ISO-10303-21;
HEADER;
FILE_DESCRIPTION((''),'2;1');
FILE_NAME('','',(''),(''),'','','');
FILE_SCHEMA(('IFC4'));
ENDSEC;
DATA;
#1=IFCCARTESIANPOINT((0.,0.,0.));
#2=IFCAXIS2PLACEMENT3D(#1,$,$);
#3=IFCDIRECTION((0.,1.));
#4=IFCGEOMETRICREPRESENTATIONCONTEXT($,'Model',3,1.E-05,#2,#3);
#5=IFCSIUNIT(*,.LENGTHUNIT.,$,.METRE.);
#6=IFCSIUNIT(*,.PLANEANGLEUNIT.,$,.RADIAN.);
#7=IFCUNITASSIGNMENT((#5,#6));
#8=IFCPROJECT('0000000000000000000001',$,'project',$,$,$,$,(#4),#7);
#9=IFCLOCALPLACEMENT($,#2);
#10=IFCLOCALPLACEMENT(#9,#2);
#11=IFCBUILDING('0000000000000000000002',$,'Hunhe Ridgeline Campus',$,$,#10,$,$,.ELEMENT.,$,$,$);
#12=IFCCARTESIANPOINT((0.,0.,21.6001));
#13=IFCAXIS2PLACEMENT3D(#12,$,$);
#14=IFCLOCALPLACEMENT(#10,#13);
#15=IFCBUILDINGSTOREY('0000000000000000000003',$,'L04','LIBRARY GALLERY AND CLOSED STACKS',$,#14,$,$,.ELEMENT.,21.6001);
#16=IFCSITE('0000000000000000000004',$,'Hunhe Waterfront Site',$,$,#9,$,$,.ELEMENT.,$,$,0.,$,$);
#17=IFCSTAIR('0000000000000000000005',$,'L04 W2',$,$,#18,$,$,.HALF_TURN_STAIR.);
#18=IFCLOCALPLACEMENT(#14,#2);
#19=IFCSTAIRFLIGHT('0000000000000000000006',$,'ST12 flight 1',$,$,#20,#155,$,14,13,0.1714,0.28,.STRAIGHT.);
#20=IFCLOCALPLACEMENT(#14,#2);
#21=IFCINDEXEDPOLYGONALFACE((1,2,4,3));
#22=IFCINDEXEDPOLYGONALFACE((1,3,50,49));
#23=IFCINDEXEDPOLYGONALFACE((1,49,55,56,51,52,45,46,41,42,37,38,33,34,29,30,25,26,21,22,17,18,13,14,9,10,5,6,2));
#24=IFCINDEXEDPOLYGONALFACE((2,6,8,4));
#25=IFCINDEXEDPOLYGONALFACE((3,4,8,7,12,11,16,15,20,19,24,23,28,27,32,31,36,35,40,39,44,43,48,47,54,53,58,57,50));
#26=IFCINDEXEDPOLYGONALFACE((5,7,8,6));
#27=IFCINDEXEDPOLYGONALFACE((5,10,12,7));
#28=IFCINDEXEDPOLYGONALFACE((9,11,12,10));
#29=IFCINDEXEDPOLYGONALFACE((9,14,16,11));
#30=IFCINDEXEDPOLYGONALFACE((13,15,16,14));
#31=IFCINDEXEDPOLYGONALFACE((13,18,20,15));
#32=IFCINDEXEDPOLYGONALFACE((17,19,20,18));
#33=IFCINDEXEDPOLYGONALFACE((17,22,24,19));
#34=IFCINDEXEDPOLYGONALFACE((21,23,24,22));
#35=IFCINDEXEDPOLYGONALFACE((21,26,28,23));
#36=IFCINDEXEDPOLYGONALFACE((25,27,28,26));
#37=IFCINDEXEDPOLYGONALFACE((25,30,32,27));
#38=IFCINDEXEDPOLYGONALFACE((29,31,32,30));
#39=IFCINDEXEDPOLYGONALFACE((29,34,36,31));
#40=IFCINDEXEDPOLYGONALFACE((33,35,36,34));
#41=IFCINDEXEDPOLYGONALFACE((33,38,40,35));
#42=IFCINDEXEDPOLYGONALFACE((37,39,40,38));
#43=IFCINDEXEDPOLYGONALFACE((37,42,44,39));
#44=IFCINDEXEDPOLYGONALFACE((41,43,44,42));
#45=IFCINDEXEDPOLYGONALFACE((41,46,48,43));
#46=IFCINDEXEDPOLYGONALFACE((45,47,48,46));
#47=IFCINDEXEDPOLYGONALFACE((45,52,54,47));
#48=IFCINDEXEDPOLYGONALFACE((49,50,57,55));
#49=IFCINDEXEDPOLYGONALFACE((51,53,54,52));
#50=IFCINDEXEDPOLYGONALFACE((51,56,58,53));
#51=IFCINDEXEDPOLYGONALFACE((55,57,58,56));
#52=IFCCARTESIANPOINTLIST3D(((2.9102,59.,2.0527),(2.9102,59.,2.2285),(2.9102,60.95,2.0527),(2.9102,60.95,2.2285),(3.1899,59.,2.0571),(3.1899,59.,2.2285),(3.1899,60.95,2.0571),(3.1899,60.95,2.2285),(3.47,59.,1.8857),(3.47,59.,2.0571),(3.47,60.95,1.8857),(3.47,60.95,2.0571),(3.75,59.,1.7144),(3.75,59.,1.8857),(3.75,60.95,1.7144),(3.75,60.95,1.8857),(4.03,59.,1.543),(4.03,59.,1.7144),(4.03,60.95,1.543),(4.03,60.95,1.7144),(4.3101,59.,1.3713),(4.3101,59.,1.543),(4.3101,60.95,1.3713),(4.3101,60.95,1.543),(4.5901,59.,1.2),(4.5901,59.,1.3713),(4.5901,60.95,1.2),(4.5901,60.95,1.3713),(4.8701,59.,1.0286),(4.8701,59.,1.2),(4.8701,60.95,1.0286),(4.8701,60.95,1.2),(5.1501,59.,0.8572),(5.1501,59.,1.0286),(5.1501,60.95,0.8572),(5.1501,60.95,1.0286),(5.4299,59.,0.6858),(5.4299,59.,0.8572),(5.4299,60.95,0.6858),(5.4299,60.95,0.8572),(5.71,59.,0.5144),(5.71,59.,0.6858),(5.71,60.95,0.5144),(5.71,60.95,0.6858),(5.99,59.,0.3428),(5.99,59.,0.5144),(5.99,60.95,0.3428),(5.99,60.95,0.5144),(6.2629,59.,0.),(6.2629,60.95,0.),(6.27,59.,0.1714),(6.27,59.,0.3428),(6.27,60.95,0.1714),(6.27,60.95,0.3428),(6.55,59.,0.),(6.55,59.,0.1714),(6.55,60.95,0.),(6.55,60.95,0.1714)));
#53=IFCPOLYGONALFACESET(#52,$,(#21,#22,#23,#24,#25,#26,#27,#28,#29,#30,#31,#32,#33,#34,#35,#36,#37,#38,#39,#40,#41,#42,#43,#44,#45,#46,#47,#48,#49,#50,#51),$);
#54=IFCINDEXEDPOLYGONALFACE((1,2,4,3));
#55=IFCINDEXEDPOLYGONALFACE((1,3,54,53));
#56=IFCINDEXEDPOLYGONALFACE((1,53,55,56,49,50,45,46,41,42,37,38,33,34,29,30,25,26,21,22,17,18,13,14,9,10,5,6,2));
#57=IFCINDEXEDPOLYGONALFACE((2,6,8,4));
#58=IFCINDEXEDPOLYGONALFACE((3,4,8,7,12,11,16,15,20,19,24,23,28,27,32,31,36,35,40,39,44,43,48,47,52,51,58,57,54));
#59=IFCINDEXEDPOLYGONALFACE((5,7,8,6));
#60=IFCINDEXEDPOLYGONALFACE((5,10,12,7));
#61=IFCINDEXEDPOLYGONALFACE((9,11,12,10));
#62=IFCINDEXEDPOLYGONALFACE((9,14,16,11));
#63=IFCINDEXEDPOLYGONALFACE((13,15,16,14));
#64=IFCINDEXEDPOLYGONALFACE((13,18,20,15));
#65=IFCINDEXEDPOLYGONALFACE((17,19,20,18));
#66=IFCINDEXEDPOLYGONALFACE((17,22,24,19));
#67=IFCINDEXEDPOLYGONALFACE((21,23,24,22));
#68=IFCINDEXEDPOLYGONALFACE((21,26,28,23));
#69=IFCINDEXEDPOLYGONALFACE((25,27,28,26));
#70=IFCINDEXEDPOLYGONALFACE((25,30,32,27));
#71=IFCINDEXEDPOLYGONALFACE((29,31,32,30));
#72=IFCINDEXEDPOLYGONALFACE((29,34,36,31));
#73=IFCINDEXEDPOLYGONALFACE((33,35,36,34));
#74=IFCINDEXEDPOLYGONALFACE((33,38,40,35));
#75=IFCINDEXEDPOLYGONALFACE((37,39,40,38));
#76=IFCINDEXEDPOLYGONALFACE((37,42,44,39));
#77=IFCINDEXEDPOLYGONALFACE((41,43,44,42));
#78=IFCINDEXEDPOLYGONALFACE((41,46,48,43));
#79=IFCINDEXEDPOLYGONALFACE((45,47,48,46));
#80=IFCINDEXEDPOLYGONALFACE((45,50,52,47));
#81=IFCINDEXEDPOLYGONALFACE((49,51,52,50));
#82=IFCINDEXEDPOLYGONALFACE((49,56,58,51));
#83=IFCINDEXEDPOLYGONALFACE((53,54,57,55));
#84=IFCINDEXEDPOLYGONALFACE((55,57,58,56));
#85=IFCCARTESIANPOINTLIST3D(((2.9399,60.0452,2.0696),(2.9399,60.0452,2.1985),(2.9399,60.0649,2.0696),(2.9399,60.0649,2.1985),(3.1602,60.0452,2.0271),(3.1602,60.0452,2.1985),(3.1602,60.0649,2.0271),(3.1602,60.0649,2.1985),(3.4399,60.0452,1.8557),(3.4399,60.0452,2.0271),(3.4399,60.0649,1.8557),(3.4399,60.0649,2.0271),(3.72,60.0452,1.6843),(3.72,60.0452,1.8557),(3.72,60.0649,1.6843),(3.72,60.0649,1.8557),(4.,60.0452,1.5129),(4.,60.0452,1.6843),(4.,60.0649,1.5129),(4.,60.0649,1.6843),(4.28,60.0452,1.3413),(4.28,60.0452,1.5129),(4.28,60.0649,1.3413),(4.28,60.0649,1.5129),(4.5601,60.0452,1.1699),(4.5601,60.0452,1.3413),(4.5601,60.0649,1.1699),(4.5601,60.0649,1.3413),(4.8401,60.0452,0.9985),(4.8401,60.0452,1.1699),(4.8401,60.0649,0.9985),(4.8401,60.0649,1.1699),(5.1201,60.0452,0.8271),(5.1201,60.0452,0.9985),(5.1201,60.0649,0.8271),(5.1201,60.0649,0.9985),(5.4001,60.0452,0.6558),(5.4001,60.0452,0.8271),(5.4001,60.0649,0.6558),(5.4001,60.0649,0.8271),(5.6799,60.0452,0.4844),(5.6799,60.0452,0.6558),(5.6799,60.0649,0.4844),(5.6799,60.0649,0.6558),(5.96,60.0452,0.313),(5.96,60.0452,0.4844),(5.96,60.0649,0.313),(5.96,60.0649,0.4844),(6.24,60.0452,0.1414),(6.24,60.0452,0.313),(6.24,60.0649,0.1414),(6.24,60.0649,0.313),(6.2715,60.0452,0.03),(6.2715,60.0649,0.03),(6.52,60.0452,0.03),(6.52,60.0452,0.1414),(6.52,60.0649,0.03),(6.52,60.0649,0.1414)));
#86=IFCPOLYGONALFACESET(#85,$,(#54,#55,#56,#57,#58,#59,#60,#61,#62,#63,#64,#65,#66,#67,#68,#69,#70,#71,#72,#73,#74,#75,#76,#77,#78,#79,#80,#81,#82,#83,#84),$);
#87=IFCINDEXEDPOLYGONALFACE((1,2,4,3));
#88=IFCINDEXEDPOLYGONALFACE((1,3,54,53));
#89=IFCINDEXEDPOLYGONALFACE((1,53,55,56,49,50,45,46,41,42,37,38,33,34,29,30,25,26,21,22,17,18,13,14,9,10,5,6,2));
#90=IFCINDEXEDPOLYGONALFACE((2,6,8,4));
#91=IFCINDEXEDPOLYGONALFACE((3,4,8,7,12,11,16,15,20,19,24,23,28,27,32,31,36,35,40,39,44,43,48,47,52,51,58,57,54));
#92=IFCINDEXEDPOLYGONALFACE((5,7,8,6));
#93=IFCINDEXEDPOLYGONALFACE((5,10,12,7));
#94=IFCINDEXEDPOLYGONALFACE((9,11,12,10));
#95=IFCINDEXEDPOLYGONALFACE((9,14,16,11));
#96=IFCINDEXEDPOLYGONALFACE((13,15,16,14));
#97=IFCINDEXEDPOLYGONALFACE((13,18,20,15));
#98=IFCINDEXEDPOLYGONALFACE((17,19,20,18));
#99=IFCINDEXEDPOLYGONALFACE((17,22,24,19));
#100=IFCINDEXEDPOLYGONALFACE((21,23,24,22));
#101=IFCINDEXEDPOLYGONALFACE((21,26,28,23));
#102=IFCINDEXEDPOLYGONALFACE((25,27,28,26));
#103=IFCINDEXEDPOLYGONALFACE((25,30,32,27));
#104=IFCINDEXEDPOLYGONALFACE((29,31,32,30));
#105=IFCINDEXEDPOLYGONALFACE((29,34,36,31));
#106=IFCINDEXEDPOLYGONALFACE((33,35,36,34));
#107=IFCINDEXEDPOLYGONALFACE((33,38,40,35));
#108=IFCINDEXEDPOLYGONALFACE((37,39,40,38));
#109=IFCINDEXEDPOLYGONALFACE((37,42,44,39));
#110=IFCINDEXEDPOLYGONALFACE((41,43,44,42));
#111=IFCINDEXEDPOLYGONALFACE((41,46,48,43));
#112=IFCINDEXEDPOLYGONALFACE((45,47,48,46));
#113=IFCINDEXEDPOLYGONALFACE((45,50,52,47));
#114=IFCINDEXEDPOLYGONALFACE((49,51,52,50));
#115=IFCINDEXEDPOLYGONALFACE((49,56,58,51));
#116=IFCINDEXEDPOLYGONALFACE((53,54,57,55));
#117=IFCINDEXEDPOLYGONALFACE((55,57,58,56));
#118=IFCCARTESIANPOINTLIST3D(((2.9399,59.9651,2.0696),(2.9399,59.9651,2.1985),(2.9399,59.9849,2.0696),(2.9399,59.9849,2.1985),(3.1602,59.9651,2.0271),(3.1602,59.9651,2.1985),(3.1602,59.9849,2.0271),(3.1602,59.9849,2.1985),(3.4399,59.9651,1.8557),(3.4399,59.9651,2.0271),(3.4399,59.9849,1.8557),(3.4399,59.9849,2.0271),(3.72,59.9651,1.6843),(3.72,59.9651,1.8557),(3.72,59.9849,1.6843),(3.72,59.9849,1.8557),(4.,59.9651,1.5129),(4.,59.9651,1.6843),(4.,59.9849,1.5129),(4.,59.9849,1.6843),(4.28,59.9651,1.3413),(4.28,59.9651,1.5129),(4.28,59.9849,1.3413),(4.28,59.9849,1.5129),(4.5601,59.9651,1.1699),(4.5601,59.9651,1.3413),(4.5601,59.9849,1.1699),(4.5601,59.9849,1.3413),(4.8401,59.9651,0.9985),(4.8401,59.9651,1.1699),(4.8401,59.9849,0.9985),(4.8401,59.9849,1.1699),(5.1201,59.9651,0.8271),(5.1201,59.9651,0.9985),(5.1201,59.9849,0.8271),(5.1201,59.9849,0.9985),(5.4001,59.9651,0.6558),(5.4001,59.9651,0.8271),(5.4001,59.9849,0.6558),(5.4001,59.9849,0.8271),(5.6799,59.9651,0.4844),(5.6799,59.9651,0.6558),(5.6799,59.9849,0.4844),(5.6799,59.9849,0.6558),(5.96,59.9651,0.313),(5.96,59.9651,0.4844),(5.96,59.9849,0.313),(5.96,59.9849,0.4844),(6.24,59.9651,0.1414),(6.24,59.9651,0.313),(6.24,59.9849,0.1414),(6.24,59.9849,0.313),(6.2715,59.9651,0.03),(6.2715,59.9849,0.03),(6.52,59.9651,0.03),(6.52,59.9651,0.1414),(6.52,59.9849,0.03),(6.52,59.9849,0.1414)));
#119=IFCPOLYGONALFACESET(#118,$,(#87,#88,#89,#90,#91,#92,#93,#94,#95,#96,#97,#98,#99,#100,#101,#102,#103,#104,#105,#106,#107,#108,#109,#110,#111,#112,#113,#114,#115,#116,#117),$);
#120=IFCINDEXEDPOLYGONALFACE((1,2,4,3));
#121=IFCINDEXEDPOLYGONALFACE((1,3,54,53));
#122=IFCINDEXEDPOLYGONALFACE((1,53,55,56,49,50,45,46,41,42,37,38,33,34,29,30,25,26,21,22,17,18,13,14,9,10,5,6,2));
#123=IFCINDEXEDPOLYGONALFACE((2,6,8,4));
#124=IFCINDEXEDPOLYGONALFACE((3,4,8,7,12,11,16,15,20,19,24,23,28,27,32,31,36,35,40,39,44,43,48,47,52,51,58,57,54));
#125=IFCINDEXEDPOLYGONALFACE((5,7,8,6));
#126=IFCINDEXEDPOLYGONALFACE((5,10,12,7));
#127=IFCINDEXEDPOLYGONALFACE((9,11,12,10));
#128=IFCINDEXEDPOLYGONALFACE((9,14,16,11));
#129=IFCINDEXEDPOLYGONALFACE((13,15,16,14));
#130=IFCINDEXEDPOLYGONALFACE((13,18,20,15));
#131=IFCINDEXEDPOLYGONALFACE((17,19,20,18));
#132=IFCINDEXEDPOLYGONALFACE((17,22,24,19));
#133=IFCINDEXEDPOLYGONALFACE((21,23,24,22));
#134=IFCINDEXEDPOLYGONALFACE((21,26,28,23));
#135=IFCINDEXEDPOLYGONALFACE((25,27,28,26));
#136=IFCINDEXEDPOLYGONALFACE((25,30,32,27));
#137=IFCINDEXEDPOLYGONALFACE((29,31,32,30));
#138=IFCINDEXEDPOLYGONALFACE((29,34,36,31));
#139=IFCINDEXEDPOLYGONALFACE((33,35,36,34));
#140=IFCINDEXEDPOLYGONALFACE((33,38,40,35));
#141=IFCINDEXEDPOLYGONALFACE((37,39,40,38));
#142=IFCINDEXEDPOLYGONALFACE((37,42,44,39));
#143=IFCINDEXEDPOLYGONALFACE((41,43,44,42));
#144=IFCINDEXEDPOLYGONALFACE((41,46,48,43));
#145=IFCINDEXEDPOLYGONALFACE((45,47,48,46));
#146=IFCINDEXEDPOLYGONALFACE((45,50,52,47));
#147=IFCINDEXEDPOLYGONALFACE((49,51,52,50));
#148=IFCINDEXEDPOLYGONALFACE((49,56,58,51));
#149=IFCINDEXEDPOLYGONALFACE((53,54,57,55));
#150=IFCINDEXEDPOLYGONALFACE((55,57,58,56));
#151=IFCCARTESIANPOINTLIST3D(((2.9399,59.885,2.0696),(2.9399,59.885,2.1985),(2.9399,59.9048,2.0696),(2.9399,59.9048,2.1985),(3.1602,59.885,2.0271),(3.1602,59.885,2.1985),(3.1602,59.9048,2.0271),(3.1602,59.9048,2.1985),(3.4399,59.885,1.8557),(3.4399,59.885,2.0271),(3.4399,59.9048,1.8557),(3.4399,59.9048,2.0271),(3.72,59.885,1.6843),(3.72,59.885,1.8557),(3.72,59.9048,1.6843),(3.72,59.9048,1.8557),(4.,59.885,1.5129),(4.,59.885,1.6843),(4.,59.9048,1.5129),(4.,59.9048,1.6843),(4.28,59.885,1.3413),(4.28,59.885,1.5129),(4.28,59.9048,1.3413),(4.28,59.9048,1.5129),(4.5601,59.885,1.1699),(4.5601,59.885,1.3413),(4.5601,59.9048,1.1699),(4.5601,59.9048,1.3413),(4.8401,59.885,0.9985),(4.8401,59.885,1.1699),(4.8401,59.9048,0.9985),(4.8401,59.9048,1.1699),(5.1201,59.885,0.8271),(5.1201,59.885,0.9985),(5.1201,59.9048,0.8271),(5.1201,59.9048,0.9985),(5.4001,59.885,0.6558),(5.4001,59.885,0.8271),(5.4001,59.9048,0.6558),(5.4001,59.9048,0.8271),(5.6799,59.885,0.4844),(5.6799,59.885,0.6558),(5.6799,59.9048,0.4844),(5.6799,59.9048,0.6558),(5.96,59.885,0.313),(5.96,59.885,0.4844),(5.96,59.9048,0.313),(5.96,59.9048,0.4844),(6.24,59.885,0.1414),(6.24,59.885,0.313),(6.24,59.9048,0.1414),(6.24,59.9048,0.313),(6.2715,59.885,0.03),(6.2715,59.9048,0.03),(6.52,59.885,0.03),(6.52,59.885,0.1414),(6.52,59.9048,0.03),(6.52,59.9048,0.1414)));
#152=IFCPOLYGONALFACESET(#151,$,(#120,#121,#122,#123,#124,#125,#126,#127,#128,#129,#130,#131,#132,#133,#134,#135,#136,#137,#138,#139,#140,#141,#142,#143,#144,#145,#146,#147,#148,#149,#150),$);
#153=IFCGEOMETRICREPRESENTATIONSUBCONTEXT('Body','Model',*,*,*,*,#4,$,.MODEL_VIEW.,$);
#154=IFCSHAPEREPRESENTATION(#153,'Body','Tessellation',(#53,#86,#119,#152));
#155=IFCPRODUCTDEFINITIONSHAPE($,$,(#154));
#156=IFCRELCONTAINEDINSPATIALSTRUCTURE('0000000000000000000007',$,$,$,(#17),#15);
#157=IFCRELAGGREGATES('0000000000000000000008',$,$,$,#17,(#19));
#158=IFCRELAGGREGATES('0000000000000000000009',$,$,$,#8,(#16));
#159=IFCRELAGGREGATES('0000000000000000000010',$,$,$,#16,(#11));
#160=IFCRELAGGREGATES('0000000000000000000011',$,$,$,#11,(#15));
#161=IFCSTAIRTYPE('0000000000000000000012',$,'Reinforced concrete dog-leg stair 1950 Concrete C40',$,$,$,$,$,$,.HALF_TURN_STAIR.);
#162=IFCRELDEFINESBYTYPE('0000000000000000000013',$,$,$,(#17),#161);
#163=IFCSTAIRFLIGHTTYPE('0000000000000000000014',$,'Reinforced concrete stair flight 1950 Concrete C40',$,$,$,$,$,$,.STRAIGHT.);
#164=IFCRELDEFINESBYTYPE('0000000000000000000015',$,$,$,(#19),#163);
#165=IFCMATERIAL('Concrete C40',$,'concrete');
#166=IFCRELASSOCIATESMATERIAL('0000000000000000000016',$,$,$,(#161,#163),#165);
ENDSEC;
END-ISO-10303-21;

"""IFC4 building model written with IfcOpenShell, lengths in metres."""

from ifc_helpers import new_model, si_unit, direction, frame, origin, place, context, subcontext, project, spatial, polyline, outline, extrude, material, type_object, element, aggregate, save


model = new_model("IFC4")

# Units and contexts
model_context = context("Model", 3, precision=1e-05, world=origin(), true_north=direction((0.0, 1.0)))
body_context = subcontext(model_context, "Body", "Model", "MODEL_VIEW")
ifc_project = project(units=[si_unit("LENGTHUNIT", "METRE"), si_unit("PLANEANGLEUNIT", "RADIAN")], contexts=[model_context])

# Site, building, storey
site_placement = place(None, origin())
site = spatial("IfcSite", under=ifc_project, at=site_placement, Name="Hunhe Waterfront Site", CompositionType="ELEMENT", RefElevation=0.0)
building_placement = place(site_placement, origin())
building = spatial("IfcBuilding", under=site, at=building_placement, Name="Hunhe Ridgeline Campus", CompositionType="ELEMENT")
storey_placement = place(building_placement, frame((0.0, 0.0, 21.6001)))
storey = spatial("IfcBuildingStorey", under=building, at=storey_placement, Name="L04", Description="LIBRARY GALLERY AND CLOSED STACKS", CompositionType="ELEMENT", Elevation=21.6001)

# Stair, stair flight
ifc_material_1 = material(Name="Concrete C40", Category="concrete")
stair_type = type_object("IfcStairType", Name="Reinforced concrete dog-leg stair 1950 Concrete C40", PredefinedType="HALF_TURN_STAIR", material=ifc_material_1)
stair_flight_type = type_object("IfcStairFlightType", Name="Reinforced concrete stair flight 1950 Concrete C40", PredefinedType="STRAIGHT", material=ifc_material_1)
stair_1_placement = place(storey_placement, origin())
stair_1 = element("IfcStair", 1, at=stair_1_placement, inside=storey, type_object=stair_type, Name="L04 W2", PredefinedType="HALF_TURN_STAIR")
stair_flight_1_placement = place(storey_placement, frame((6.55, 59.9751, 0.0), z_axis=(0.0, 0.0, 1.0), x_axis=(-1.0, 0.0, 0.0)))
stair_flight_1 = element("IfcStairFlight", 2, at=stair_flight_1_placement, type_object=stair_flight_type, Name="ST12 flight 1", NumberOfRisers=14, NumberOfTreads=13, PredefinedType="STRAIGHT", RiserHeight=0.1714, TreadLength=0.28, context=body_context, shape_type="SweptSolid", body=[
    extrude(outline(polyline([(0.0, 0.0), (0.0, 0.1714), (0.28, 0.1714), (0.28, 0.3428), (0.5601, 0.3428), (0.5601, 0.5144), (0.8401, 0.5144), (0.8401, 0.6858), (1.1201, 0.6858), (1.1201, 0.8572), (1.3999, 0.8572), (1.3999, 1.0286), (1.6799, 1.0286), (1.6799, 1.2), (1.96, 1.2), (1.96, 1.3713), (2.24, 1.3713), (2.24, 1.543), (2.52, 1.543), (2.52, 1.7144), (2.8, 1.7144), (2.8, 1.8857), (3.0801, 1.8857), (3.0801, 2.0571), (3.3601, 2.0571), (3.3601, 2.2285), (3.6399, 2.2285), (3.6399, 2.3999), (3.6399, 2.0527), (0.2871, 0.0), (0.0, 0.0)])), frame((0.0, 0.9751, 0.0), z_axis=(0.0, -1.0, 0.0), x_axis=(1.0, 0.0, 0.0)), (0.0, 0.0, 1.0), 1.95),
    extrude(outline(polyline([(0.03, 0.03), (0.03, 0.1414), (0.3101, 0.1414), (0.3101, 0.313), (0.5901, 0.313), (0.5901, 0.4844), (0.8701, 0.4844), (0.8701, 0.6558), (1.1499, 0.6558), (1.1499, 0.8271), (1.4299, 0.8271), (1.4299, 0.9985), (1.71, 0.9985), (1.71, 1.1699), (1.99, 1.1699), (1.99, 1.3413), (2.27, 1.3413), (2.27, 1.5129), (2.55, 1.5129), (2.55, 1.6843), (2.8301, 1.6843), (2.8301, 1.8557), (3.1101, 1.8557), (3.1101, 2.0271), (3.3899, 2.0271), (3.3899, 2.1985), (3.6101, 2.1985), (3.6101, 2.0696), (0.2786, 0.03), (0.03, 0.03)])), frame((0.0, -0.0701, 0.0), z_axis=(0.0, -1.0, 0.0), x_axis=(1.0, 0.0, 0.0)), (0.0, 0.0, 1.0), 0.0198),
    extrude(outline(polyline([(0.03, 0.03), (0.03, 0.1414), (0.3101, 0.1414), (0.3101, 0.313), (0.5901, 0.313), (0.5901, 0.4844), (0.8701, 0.4844), (0.8701, 0.6558), (1.1499, 0.6558), (1.1499, 0.8271), (1.4299, 0.8271), (1.4299, 0.9985), (1.71, 0.9985), (1.71, 1.1699), (1.99, 1.1699), (1.99, 1.3413), (2.27, 1.3413), (2.27, 1.5129), (2.55, 1.5129), (2.55, 1.6843), (2.8301, 1.6843), (2.8301, 1.8557), (3.1101, 1.8557), (3.1101, 2.0271), (3.3899, 2.0271), (3.3899, 2.1985), (3.6101, 2.1985), (3.6101, 2.0696), (0.2786, 0.03), (0.03, 0.03)])), frame((0.0, 0.01, 0.0), z_axis=(0.0, -1.0, 0.0), x_axis=(1.0, 0.0, 0.0)), (0.0, 0.0, 1.0), 0.0198),
    extrude(outline(polyline([(0.03, 0.03), (0.03, 0.1414), (0.3101, 0.1414), (0.3101, 0.313), (0.5901, 0.313), (0.5901, 0.4844), (0.8701, 0.4844), (0.8701, 0.6558), (1.1499, 0.6558), (1.1499, 0.8271), (1.4299, 0.8271), (1.4299, 0.9985), (1.71, 0.9985), (1.71, 1.1699), (1.99, 1.1699), (1.99, 1.3413), (2.27, 1.3413), (2.27, 1.5129), (2.55, 1.5129), (2.55, 1.6843), (2.8301, 1.6843), (2.8301, 1.8557), (3.1101, 1.8557), (3.1101, 2.0271), (3.3899, 2.0271), (3.3899, 2.1985), (3.6101, 2.1985), (3.6101, 2.0696), (0.2786, 0.03), (0.03, 0.03)])), frame((0.0, 0.0901, 0.0), z_axis=(0.0, -1.0, 0.0), x_axis=(1.0, 0.0, 0.0)), (0.0, 0.0, 1.0), 0.0198),
])
aggregate(stair_1, [stair_flight_1])

save(model, "model.ifc")
